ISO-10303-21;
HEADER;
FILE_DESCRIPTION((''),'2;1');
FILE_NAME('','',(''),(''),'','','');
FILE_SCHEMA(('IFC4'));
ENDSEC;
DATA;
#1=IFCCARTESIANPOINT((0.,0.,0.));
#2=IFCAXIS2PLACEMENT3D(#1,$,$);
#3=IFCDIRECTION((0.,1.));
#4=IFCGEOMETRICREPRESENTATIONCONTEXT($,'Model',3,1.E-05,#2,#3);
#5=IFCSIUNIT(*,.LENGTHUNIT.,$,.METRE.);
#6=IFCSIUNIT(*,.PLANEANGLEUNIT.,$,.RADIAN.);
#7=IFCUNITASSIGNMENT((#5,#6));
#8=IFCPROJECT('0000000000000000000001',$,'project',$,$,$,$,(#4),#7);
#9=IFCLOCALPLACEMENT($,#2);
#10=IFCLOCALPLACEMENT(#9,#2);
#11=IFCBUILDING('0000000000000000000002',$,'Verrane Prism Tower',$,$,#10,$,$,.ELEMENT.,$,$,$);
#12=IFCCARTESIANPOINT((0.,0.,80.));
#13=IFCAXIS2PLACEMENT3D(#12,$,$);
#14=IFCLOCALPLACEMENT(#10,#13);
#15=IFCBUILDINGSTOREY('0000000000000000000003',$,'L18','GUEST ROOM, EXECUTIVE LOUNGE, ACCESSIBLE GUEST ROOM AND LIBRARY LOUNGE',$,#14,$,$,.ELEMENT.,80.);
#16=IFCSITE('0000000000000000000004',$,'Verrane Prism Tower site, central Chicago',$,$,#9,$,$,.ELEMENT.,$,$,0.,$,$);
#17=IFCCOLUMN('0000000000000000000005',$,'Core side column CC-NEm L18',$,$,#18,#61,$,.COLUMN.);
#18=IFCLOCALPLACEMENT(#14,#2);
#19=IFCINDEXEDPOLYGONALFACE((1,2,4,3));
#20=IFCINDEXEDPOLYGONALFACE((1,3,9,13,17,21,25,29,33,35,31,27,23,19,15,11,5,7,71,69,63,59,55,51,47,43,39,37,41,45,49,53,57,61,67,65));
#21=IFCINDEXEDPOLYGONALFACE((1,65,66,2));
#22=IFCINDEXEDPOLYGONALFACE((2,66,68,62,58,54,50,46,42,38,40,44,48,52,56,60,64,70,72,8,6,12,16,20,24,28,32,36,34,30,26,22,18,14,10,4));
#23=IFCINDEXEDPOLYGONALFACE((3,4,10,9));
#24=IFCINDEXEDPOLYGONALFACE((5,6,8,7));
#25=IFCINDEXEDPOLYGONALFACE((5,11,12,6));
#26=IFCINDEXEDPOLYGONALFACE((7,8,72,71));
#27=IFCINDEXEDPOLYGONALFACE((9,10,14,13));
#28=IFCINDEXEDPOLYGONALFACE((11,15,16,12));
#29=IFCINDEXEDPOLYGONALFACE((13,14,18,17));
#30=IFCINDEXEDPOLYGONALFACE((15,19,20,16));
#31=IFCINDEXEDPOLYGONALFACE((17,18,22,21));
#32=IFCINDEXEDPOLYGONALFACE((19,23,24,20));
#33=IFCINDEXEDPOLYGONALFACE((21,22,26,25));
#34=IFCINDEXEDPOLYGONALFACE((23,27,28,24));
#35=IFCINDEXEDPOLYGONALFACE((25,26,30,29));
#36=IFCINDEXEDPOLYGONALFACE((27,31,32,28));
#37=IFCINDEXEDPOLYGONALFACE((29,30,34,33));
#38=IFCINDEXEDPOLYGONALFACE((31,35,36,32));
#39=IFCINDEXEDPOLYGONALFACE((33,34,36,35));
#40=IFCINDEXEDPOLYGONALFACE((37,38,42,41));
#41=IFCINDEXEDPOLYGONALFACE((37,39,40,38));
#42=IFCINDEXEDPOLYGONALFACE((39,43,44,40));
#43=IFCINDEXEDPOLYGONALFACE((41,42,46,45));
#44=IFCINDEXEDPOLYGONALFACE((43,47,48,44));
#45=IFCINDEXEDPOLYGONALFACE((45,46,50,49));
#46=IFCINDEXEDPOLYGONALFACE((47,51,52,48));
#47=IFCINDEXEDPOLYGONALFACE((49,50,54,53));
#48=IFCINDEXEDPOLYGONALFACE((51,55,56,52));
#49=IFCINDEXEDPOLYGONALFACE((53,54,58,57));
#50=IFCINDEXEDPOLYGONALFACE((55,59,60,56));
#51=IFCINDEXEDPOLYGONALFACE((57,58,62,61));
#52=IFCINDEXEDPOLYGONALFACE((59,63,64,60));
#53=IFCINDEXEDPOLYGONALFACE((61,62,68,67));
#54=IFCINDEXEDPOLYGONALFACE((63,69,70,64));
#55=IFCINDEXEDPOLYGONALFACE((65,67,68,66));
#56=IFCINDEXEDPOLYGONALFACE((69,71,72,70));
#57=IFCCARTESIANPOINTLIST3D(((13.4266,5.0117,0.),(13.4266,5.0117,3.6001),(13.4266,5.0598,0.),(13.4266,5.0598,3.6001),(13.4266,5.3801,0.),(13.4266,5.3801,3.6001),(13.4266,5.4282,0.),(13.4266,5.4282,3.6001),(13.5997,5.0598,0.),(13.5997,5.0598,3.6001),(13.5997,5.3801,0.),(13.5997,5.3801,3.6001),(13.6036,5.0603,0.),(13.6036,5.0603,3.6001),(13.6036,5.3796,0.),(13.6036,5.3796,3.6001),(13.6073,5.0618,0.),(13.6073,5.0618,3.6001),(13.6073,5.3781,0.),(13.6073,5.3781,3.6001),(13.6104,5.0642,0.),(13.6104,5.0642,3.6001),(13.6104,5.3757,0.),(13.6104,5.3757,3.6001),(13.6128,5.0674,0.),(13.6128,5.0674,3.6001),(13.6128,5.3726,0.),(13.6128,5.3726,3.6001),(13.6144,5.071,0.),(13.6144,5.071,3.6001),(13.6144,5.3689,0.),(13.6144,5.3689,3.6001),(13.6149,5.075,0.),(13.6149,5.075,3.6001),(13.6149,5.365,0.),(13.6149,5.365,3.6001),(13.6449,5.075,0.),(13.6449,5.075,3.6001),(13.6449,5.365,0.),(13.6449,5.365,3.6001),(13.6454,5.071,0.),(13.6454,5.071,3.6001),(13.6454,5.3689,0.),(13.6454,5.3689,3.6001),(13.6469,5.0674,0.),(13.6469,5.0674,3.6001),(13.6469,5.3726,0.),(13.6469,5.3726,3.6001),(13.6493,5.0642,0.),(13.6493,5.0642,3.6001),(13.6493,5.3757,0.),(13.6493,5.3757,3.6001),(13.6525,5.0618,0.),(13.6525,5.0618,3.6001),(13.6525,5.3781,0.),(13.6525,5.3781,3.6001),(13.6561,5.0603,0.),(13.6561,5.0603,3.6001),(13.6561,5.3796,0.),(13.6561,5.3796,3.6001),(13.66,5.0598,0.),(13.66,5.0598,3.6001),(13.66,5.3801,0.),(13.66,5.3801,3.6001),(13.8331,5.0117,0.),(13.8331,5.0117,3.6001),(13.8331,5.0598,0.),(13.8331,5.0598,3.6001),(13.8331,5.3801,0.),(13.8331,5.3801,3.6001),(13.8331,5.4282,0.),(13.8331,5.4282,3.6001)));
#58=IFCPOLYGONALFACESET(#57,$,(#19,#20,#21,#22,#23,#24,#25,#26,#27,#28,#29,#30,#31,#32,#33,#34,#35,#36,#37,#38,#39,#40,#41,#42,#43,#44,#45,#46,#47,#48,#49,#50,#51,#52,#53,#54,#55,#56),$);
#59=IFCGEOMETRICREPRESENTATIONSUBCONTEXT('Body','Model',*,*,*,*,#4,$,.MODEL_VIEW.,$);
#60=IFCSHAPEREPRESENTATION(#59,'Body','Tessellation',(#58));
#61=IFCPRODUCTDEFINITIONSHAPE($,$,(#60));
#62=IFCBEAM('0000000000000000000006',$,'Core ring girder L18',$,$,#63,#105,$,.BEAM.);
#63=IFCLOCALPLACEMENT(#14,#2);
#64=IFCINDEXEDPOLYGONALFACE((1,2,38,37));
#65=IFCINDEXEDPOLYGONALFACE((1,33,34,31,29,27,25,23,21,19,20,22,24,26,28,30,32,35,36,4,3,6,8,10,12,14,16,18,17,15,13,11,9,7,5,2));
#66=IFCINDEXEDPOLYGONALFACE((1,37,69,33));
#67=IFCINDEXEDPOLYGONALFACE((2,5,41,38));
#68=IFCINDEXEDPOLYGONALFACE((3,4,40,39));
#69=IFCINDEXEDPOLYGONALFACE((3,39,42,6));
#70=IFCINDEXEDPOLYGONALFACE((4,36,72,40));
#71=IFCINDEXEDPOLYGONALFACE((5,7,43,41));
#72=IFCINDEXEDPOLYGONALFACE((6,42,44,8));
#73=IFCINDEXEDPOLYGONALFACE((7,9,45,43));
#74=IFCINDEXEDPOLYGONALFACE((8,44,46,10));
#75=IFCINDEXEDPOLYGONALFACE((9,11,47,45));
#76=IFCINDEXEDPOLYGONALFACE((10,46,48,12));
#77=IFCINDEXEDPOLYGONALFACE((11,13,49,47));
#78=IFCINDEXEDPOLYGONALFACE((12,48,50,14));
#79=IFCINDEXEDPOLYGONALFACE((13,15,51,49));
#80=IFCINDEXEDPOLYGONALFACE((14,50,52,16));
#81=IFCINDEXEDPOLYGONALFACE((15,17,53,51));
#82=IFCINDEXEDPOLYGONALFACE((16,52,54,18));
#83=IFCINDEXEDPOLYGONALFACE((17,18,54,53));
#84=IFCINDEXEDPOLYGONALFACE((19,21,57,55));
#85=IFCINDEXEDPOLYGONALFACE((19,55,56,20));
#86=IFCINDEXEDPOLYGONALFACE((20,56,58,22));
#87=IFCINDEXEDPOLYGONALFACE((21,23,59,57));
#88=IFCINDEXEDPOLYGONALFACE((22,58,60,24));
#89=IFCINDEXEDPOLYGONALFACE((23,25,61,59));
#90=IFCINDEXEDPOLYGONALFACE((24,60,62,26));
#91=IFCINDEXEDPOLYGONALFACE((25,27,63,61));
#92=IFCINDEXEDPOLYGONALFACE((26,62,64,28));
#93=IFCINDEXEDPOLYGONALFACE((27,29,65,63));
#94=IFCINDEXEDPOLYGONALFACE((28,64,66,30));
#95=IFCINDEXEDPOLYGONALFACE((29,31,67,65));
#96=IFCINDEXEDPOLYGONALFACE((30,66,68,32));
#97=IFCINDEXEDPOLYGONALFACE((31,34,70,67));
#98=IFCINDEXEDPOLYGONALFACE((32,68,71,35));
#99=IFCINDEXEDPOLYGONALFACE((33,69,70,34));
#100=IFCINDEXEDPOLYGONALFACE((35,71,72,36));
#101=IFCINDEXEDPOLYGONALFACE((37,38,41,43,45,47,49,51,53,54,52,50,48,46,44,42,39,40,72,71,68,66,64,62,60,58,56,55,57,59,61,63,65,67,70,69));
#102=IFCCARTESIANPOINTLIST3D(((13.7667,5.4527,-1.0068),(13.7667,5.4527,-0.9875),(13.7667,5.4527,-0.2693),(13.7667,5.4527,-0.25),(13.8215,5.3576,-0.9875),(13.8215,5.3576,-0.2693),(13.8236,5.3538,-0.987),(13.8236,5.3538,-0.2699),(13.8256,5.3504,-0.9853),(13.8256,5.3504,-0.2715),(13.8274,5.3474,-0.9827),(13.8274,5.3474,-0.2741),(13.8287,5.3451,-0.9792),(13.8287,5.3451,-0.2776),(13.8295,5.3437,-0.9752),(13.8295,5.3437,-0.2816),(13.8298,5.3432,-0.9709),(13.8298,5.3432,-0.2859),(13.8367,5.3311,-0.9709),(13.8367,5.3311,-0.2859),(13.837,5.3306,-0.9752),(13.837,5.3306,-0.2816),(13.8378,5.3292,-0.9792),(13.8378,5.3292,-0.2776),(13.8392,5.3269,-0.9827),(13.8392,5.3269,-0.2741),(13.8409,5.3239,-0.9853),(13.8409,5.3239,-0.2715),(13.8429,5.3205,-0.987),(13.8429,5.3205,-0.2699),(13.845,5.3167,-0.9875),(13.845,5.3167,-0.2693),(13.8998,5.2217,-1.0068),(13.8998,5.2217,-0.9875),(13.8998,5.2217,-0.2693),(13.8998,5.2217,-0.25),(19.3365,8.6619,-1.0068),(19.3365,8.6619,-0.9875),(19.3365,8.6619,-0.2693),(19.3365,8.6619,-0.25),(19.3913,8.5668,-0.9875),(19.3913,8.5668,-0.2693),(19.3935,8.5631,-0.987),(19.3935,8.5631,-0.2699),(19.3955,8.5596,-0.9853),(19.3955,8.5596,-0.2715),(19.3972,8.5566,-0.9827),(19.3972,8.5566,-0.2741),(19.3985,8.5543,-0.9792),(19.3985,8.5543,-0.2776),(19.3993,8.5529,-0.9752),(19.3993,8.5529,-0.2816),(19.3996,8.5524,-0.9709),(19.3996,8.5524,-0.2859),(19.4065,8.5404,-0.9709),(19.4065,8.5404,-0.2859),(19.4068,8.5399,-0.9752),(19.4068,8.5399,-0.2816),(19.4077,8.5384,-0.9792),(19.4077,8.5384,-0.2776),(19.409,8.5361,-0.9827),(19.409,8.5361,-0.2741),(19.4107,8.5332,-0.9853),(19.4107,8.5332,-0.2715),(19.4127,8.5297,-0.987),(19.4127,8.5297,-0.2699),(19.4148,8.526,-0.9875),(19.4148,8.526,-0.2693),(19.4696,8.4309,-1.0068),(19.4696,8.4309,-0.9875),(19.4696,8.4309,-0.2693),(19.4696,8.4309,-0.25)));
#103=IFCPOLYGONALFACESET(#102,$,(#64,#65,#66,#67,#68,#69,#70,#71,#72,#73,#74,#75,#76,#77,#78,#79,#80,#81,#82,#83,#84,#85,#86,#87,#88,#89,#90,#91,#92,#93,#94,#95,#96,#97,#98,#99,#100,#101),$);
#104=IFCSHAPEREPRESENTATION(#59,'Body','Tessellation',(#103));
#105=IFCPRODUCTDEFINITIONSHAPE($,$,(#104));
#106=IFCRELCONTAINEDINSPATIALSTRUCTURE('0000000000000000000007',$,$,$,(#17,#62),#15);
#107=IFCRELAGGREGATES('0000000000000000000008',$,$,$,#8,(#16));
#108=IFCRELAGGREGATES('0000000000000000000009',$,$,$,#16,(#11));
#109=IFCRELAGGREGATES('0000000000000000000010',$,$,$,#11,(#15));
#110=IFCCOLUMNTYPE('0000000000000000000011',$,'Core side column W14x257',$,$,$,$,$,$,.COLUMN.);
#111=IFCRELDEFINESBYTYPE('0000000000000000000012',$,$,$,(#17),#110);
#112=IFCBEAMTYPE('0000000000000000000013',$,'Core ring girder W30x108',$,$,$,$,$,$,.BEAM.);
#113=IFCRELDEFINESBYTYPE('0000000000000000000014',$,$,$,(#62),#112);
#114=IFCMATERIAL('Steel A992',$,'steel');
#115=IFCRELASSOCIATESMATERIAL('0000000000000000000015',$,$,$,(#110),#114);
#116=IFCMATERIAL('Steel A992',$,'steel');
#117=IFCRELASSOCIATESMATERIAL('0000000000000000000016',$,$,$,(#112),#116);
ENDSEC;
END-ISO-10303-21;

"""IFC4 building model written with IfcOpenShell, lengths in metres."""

from ifc_helpers import new_model, si_unit, direction, frame, origin, origin_2d, place, context, subcontext, project, spatial, i_section, extrude, material, material_profile, profile_set, type_object, element, save


model = new_model("IFC4")

# Units and contexts
model_context = context("Model", 3, precision=1e-05, world=origin(), true_north=direction((0.0, 1.0)))
body_context = subcontext(model_context, "Body", "Model", "MODEL_VIEW")
ifc_project = project(units=[si_unit("LENGTHUNIT", "METRE"), si_unit("PLANEANGLEUNIT", "RADIAN")], contexts=[model_context])

# Site, building, storey
site_placement = place(None, origin())
site = spatial("IfcSite", under=ifc_project, at=site_placement, Name="Verrane Prism Tower site, central Chicago", CompositionType="ELEMENT", RefElevation=0.0)
building_placement = place(site_placement, origin())
building = spatial("IfcBuilding", under=site, at=building_placement, Name="Verrane Prism Tower", CompositionType="ELEMENT")
storey_placement = place(building_placement, frame((0.0, 0.0, 80.0)))
storey = spatial("IfcBuildingStorey", under=building, at=storey_placement, Name="L18", Description="GUEST ROOM, EXECUTIVE LOUNGE, ACCESSIBLE GUEST ROOM AND LIBRARY LOUNGE", CompositionType="ELEMENT", Elevation=80.0)

# Column
ifc_material_1 = material(Name="Steel A992", Category="steel")
ifc_material_profile_1 = material_profile(ifc_material_1, i_section(OverallWidth=0.4065, OverallDepth=0.4165, WebThickness=0.03, FlangeThickness=0.0481, FilletRadius=0.0151, at=origin_2d()), Name="W14x257")
ifc_profile_set_1 = profile_set([ifc_material_profile_1], Name="Steel A992")
column_type = type_object("IfcColumnType", Name="Core side column W14x257", PredefinedType="COLUMN", material=ifc_profile_set_1)
column_placement = place(storey_placement, frame((13.6299, 5.22, 0.0), z_axis=(0.0, 0.0, 1.0), x_axis=(1.0, 0.0, 0.0)))
element("IfcColumn", 1, at=column_placement, inside=storey, type_object=column_type, Name="Core side column CC-NEm L18", PredefinedType="COLUMN", context=body_context, shape_type="SweptSolid", body=[
    extrude(i_section(OverallWidth=0.4065, OverallDepth=0.4165, WebThickness=0.03, FlangeThickness=0.0481, FilletRadius=0.0151, at=origin_2d()), origin(), (0.0, 0.0, 1.0), 3.6001),
])

# Beam
ifc_material_2 = material(Name="Steel A992", Category="steel")
ifc_material_profile_2 = material_profile(ifc_material_2, i_section(OverallWidth=0.2666, OverallDepth=0.7568, WebThickness=0.0139, FlangeThickness=0.0193, FilletRadius=0.0166, at=origin_2d()), Name="W30x108")
ifc_profile_set_2 = profile_set([ifc_material_profile_2], Name="Steel A992")
beam_type = type_object("IfcBeamType", Name="Core ring girder W30x108", PredefinedType="BEAM", material=ifc_profile_set_2)
beam_placement = place(storey_placement, frame((13.8333, 5.3372, -0.6284), z_axis=(0.866464, 0.49924, 0.0), x_axis=(-0.49924, 0.866464, 0.0)))
element("IfcBeam", 2, at=beam_placement, inside=storey, type_object=beam_type, Name="Core ring girder L18", PredefinedType="BEAM", context=body_context, shape_type="SweptSolid", body=[
    extrude(i_section(OverallWidth=0.2666, OverallDepth=0.7568, WebThickness=0.0139, FlangeThickness=0.0193, FilletRadius=0.0166, at=origin_2d()), origin(), (0.0, 0.0, 1.0), 6.4282),
])

save(model, "model.ifc")
